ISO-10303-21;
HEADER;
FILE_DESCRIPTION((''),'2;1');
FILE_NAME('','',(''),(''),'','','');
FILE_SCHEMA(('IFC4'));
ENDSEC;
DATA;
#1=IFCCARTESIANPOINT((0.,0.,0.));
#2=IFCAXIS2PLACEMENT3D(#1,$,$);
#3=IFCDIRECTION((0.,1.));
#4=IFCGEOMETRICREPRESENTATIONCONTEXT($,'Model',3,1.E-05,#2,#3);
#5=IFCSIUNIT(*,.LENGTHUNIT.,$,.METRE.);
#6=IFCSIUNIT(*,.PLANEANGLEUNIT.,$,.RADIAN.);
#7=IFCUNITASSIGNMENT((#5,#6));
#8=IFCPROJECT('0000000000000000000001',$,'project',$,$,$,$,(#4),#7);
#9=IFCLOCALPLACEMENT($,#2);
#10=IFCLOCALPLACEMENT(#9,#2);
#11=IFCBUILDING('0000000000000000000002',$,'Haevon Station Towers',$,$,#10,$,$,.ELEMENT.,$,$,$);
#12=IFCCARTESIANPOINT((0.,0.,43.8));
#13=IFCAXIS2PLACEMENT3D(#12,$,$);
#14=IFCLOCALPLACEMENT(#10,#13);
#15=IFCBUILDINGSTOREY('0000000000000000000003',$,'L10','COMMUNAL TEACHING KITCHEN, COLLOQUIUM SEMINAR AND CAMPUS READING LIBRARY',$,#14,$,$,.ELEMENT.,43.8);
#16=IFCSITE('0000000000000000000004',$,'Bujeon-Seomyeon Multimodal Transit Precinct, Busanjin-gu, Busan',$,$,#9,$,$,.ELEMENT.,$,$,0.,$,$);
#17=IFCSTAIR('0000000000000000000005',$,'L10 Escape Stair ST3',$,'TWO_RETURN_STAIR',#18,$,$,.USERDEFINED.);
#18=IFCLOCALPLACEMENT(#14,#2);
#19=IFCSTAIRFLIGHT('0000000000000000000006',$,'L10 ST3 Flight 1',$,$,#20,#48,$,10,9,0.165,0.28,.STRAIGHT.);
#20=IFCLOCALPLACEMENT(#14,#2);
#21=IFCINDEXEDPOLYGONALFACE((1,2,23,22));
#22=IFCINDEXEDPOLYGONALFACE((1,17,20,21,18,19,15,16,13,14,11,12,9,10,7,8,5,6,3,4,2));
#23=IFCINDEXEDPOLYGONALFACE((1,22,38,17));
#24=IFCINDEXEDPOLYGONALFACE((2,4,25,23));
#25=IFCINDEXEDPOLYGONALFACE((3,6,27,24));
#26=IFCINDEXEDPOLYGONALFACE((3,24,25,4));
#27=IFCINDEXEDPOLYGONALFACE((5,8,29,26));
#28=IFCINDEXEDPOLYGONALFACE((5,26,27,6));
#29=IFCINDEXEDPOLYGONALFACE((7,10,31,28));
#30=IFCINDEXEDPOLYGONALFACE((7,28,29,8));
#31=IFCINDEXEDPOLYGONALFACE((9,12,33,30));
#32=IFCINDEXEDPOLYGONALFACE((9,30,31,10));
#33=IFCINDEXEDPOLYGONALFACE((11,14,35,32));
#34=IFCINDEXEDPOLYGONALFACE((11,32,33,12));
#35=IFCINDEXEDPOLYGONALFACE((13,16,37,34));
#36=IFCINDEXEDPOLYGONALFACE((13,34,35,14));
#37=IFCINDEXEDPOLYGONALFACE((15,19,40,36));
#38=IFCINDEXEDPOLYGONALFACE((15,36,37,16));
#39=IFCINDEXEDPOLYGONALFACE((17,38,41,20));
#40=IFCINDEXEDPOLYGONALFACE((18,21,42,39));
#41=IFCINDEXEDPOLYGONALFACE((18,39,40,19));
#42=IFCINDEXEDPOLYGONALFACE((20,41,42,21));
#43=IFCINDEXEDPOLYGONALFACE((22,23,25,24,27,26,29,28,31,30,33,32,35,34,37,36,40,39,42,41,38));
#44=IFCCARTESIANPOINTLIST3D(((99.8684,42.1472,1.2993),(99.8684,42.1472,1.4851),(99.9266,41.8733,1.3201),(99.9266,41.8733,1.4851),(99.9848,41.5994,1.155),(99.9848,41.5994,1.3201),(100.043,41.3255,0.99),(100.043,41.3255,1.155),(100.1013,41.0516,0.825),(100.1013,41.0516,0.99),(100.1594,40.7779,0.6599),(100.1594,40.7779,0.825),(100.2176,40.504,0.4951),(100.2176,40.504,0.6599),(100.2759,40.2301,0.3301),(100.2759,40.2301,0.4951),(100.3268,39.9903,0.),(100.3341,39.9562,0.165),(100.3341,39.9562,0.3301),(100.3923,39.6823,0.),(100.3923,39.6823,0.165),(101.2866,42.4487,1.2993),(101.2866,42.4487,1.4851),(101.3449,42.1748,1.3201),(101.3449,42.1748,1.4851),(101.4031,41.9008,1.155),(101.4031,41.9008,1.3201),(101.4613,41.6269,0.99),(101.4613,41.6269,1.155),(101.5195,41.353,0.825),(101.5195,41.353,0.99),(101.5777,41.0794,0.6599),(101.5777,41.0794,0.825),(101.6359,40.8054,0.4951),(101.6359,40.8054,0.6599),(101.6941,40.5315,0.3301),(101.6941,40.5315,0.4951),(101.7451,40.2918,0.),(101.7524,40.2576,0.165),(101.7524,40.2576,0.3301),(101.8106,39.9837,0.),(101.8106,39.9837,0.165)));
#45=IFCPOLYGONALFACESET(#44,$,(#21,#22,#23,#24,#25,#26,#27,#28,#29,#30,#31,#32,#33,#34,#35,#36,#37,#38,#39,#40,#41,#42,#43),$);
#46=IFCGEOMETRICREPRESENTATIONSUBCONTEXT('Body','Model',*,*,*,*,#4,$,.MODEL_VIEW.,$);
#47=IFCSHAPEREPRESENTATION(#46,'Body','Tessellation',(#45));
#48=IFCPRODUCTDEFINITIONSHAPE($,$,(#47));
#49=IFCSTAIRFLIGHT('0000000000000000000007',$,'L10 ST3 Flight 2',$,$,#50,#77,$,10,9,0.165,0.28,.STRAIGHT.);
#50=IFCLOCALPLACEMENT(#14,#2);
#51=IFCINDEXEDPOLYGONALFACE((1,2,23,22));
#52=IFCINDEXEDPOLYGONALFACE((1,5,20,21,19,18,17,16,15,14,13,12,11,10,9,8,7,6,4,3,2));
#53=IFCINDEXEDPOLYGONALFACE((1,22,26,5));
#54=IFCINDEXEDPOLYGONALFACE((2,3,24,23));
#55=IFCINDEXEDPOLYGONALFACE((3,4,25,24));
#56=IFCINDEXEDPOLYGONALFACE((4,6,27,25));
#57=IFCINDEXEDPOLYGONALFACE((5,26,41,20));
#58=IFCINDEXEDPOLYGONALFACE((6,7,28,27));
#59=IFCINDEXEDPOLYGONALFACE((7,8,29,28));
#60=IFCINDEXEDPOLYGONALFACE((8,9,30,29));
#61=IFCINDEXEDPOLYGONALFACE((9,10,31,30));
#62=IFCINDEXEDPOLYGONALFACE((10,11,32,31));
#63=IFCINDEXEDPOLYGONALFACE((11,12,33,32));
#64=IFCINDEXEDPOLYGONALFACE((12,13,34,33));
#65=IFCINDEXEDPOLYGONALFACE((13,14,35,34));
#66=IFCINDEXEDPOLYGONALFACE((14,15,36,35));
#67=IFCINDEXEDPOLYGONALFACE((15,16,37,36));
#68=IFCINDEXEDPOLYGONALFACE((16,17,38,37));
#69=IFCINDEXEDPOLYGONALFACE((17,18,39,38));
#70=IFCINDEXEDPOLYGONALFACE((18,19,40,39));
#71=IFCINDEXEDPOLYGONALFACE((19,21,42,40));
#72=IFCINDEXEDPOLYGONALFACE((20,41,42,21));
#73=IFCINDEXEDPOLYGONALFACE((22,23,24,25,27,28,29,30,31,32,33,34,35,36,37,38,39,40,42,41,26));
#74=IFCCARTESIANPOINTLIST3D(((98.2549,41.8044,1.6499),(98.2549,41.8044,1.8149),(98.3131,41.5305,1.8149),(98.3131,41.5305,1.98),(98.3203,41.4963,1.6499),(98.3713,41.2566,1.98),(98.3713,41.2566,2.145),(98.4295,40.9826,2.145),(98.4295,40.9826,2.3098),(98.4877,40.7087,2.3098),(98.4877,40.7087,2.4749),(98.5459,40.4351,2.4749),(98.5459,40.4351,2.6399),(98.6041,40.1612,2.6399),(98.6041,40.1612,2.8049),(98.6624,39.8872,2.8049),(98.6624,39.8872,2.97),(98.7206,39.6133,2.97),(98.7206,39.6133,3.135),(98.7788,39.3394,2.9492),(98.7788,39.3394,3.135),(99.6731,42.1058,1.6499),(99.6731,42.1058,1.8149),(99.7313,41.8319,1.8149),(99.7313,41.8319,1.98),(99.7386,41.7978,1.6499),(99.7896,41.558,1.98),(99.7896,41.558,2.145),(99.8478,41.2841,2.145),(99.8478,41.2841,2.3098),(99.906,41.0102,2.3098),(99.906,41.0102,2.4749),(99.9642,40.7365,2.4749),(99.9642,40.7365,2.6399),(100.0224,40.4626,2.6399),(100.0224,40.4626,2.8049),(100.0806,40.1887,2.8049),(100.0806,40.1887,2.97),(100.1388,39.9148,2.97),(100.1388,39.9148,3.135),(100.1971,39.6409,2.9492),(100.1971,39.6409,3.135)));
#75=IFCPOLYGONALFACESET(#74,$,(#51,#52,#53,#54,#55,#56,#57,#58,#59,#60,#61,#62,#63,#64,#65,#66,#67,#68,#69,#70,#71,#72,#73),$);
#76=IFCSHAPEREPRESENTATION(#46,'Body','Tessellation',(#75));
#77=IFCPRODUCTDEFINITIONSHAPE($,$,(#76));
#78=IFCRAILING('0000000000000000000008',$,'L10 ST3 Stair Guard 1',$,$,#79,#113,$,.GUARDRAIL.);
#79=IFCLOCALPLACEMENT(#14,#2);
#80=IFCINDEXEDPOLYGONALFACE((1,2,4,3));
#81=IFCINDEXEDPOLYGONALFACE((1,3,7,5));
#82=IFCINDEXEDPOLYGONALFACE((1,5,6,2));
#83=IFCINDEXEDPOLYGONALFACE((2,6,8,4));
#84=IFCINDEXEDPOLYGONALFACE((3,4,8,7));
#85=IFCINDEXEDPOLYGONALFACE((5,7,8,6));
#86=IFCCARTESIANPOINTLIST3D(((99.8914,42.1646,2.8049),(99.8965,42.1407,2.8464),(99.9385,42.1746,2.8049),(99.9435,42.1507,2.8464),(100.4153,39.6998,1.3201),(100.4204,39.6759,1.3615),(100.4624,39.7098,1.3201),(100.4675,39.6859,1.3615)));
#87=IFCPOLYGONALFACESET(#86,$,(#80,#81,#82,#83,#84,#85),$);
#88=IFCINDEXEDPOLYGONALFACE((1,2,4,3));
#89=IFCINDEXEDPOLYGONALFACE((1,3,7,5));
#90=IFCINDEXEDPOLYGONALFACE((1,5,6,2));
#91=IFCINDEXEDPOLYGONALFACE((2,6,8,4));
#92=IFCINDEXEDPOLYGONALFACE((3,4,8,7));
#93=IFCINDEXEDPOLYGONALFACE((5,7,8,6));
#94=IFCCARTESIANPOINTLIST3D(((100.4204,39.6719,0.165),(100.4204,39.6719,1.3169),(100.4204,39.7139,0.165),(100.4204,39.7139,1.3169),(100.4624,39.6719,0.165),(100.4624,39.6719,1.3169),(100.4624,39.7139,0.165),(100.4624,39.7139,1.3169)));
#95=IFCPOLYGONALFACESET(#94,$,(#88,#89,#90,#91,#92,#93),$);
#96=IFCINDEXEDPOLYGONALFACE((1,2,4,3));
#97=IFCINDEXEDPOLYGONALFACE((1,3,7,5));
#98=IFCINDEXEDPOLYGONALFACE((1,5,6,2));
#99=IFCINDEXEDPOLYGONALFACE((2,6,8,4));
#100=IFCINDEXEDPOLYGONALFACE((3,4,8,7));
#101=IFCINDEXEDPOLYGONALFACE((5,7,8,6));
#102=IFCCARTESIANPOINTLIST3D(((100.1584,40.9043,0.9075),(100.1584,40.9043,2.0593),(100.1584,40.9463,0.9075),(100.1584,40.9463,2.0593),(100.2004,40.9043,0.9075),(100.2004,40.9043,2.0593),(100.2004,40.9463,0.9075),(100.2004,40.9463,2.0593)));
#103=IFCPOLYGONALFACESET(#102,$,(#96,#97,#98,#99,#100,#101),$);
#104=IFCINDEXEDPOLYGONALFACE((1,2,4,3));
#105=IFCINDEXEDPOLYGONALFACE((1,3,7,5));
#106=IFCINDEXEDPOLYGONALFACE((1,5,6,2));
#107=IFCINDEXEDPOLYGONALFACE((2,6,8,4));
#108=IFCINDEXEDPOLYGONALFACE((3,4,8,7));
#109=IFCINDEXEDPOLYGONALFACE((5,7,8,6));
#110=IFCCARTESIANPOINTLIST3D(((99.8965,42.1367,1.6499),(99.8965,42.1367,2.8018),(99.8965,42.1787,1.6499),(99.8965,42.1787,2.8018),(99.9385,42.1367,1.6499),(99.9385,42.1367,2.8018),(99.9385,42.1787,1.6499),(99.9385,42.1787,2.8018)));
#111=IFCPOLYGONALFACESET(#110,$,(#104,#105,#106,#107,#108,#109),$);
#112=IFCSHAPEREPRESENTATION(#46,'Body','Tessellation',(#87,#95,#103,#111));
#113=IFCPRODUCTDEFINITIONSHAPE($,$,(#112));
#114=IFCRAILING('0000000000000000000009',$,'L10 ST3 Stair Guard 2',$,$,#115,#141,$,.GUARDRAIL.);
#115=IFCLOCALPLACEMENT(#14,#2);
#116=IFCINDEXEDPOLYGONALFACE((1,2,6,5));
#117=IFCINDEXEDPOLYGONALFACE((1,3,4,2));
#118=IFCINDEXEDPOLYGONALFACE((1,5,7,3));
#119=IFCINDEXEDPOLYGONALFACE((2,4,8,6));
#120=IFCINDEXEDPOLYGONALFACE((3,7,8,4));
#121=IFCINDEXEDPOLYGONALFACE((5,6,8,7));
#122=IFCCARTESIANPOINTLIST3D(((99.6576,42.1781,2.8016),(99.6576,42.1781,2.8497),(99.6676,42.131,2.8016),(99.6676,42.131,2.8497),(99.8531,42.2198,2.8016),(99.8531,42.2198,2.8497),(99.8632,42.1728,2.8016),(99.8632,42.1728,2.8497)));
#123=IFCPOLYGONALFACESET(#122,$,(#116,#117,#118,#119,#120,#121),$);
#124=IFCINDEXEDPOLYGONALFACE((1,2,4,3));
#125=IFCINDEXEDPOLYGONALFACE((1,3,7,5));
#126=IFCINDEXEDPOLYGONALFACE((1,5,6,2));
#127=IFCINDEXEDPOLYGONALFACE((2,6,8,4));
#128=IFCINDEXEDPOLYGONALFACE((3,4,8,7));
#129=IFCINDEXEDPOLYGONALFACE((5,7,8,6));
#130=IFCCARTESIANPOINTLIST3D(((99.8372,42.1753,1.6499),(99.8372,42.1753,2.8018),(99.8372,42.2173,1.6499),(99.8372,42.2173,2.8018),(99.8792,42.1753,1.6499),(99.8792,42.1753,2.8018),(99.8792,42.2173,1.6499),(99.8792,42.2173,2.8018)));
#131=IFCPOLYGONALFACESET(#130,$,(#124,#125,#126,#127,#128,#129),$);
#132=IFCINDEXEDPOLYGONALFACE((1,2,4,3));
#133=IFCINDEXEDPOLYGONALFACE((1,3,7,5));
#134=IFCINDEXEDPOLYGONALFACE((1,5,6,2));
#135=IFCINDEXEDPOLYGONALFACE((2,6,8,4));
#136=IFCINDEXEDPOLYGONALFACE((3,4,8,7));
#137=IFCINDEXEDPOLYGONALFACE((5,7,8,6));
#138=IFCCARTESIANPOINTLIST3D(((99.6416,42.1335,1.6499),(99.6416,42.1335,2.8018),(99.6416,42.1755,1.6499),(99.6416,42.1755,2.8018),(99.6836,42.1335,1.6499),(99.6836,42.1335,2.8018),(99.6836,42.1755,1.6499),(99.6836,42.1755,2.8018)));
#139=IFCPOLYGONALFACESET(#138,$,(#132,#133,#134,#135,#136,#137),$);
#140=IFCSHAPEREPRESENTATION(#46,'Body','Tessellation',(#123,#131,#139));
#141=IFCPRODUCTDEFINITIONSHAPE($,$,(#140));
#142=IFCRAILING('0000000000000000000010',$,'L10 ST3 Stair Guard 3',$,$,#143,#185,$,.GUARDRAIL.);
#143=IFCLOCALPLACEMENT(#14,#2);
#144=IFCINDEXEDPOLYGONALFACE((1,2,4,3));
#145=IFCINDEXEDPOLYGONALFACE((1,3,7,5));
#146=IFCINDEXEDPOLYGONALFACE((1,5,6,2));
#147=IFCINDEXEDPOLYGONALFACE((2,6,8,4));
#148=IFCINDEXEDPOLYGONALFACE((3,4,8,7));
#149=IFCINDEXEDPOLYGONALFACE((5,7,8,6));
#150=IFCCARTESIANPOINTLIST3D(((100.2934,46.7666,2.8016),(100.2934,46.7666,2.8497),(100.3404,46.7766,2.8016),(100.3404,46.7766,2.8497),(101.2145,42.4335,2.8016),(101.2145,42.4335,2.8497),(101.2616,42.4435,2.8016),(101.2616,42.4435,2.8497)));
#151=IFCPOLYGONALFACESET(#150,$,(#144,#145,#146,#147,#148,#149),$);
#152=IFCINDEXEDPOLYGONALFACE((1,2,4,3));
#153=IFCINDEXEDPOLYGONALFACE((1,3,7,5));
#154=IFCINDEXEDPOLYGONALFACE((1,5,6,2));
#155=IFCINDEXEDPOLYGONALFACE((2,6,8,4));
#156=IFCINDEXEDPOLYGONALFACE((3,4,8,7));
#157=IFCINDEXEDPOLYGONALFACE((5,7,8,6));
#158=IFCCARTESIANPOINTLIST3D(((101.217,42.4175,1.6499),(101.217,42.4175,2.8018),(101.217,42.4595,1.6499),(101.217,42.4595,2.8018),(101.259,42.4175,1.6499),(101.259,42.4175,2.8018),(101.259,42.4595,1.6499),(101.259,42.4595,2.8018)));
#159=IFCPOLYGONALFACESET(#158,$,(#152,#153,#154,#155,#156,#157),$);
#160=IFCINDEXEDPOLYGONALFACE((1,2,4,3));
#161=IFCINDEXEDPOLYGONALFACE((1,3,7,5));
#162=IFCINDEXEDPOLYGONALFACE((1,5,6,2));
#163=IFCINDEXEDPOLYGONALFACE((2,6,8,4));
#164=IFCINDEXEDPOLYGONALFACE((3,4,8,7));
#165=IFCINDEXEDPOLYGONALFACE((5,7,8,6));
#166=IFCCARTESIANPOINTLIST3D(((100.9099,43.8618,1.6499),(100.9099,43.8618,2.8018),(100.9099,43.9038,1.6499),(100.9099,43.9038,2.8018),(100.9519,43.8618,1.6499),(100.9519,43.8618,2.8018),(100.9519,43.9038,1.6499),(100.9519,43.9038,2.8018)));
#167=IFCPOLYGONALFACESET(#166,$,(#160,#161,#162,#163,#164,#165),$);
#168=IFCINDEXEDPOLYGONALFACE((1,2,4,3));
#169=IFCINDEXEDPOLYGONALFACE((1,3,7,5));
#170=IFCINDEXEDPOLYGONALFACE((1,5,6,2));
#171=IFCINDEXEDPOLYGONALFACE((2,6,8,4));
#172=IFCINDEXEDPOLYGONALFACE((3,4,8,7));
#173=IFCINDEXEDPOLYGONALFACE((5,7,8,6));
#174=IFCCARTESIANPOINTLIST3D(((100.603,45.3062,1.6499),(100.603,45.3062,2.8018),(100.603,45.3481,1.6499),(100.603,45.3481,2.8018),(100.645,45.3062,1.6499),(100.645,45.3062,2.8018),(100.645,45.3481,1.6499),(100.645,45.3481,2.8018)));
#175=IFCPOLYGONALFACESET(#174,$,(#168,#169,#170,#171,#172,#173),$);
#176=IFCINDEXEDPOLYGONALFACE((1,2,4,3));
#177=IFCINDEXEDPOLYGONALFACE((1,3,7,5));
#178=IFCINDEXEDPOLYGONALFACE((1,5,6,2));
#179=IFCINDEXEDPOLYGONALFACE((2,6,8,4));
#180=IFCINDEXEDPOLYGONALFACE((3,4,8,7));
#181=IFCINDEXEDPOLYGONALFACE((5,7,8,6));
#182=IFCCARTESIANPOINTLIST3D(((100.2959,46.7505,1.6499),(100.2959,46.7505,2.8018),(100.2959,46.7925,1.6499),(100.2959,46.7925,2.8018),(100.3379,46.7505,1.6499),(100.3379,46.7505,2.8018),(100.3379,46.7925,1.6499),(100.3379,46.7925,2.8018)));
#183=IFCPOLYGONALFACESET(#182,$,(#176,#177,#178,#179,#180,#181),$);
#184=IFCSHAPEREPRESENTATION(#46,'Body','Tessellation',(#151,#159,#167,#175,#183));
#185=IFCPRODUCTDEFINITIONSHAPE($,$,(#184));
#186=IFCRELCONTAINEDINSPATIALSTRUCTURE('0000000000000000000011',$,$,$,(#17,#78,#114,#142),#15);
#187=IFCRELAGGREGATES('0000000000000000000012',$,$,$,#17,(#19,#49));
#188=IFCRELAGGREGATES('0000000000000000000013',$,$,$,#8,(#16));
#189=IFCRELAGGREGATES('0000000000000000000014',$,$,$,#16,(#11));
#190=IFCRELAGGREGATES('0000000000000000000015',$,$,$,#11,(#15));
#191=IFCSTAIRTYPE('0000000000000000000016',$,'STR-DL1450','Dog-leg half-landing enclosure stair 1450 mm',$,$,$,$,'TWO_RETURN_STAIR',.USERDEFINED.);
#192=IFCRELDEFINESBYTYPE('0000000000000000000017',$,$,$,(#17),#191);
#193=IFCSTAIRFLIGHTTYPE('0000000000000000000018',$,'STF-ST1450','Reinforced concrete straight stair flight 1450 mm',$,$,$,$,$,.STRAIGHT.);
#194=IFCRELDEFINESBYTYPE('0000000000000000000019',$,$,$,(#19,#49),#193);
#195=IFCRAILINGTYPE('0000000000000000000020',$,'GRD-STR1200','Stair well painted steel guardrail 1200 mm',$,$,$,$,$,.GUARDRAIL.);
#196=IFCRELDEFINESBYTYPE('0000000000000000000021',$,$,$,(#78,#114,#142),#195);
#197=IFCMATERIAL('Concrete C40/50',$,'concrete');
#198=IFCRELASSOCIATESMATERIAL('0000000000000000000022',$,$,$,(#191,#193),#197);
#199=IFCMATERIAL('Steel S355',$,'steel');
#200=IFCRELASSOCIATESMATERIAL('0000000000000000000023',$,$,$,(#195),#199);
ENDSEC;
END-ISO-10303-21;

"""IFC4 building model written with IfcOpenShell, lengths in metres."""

from ifc_helpers import new_model, si_unit, direction, frame, origin, origin_2d, place, context, subcontext, project, spatial, polyline, rectangle, outline, extrude, material, type_object, element, aggregate, save


model = new_model("IFC4")

# Units and contexts
model_context = context("Model", 3, precision=1e-05, world=origin(), true_north=direction((0.0, 1.0)))
body_context = subcontext(model_context, "Body", "Model", "MODEL_VIEW")
ifc_project = project(units=[si_unit("LENGTHUNIT", "METRE"), si_unit("PLANEANGLEUNIT", "RADIAN")], contexts=[model_context])

# Site, building, storey
site_placement = place(None, origin())
site = spatial("IfcSite", under=ifc_project, at=site_placement, Name="Bujeon-Seomyeon Multimodal Transit Precinct, Busanjin-gu, Busan", CompositionType="ELEMENT", RefElevation=0.0)
building_placement = place(site_placement, origin())
building = spatial("IfcBuilding", under=site, at=building_placement, Name="Haevon Station Towers", CompositionType="ELEMENT")
storey_placement = place(building_placement, frame((0.0, 0.0, 43.8)))
storey = spatial("IfcBuildingStorey", under=building, at=storey_placement, Name="L10", Description="COMMUNAL TEACHING KITCHEN, COLLOQUIUM SEMINAR AND CAMPUS READING LIBRARY", CompositionType="ELEMENT", Elevation=43.8)

# Shared definitions
ifc_material_1 = material(Name="Steel S355", Category="steel")

# Shared definitions
ifc_material_2 = material(Name="Concrete C40/50", Category="concrete")

# Stair, stair flights
stair_type = type_object("IfcStairType", Name="STR-DL1450", Description="Dog-leg half-landing enclosure stair 1450 mm", ElementType="TWO_RETURN_STAIR", PredefinedType="USERDEFINED", material=ifc_material_2)
stair_placement = place(storey_placement, origin())
stair = element("IfcStair", 1, at=stair_placement, inside=storey, type_object=stair_type, Name="L10 Escape Stair ST3", ObjectType="TWO_RETURN_STAIR", PredefinedType="USERDEFINED")
stair_flight_type = type_object("IfcStairFlightType", Name="STF-ST1450", Description="Reinforced concrete straight stair flight 1450 mm", PredefinedType="STRAIGHT", material=ifc_material_2)
stair_flight_1_placement = place(storey_placement, frame((101.1016, 39.833, 0.0), z_axis=(0.0, 0.0, 1.0), x_axis=(-0.207912, 0.978148, 0.0)))
stair_flight_1 = element("IfcStairFlight", 2, at=stair_flight_1_placement, type_object=stair_flight_type, Name="L10 ST3 Flight 1", NumberOfRisers=10, NumberOfTreads=9, PredefinedType="STRAIGHT", RiserHeight=0.165, TreadLength=0.28, context=body_context, shape_type="SweptSolid", body=[
    extrude(outline(polyline([(0.0, 0.0), (0.0, 0.165), (0.28, 0.165), (0.28, 0.3301), (0.5601, 0.3301), (0.5601, 0.4951), (0.8401, 0.4951), (0.8401, 0.6599), (1.1201, 0.6599), (1.1201, 0.825), (1.3999, 0.825), (1.3999, 0.99), (1.6799, 0.99), (1.6799, 1.155), (1.96, 1.155), (1.96, 1.3201), (2.24, 1.3201), (2.24, 1.4851), (2.52, 1.4851), (2.52, 1.6499), (2.52, 1.2993), (0.3149, 0.0), (0.0, 0.0)])), frame((0.0, 0.7251, 0.0), z_axis=(0.0, -1.0, 0.0), x_axis=(1.0, 0.0, 0.0)), (0.0, 0.0, 1.0), 1.45),
])
stair_flight_2_placement = place(storey_placement, frame((98.9639, 41.9551, 1.6499), z_axis=(0.0, 0.0, 1.0), x_axis=(0.207912, -0.978148, 0.0)))
stair_flight_2 = element("IfcStairFlight", 3, at=stair_flight_2_placement, type_object=stair_flight_type, Name="L10 ST3 Flight 2", NumberOfRisers=10, NumberOfTreads=9, PredefinedType="STRAIGHT", RiserHeight=0.165, TreadLength=0.28, context=body_context, shape_type="SweptSolid", body=[
    extrude(outline(polyline([(0.0, 0.0), (0.0, 0.165), (0.28, 0.165), (0.28, 0.3301), (0.5601, 0.3301), (0.5601, 0.4951), (0.8401, 0.4951), (0.8401, 0.6599), (1.1201, 0.6599), (1.1201, 0.825), (1.3999, 0.825), (1.3999, 0.99), (1.6799, 0.99), (1.6799, 1.155), (1.96, 1.155), (1.96, 1.3201), (2.24, 1.3201), (2.24, 1.4851), (2.52, 1.4851), (2.52, 1.6499), (2.52, 1.2993), (0.3149, 0.0), (0.0, 0.0)])), frame((0.0, 0.7251, 0.0), z_axis=(0.0, -1.0, 0.0), x_axis=(1.0, 0.0, 0.0)), (0.0, 0.0, 1.0), 1.45),
])
aggregate(stair, [stair_flight_1, stair_flight_2])

# Railings
railing_type_1 = type_object("IfcRailingType", Name="GRD-STR1200", Description="Stair well painted steel guardrail 1200 mm", PredefinedType="GUARDRAIL", material=ifc_material_1)
railing_1_placement = place(storey_placement, frame((100.4414, 39.6929, 0.165)))
element("IfcRailing", 4, at=railing_1_placement, inside=storey, type_object=railing_type_1, Name="L10 ST3 Stair Guard 1", PredefinedType="GUARDRAIL", context=body_context, shape_type="SweptSolid", body=[
    extrude(rectangle(XDim=0.0481, YDim=0.0481, at=origin_2d()), frame((0.0, 0.0, 1.1758), z_axis=(-0.179129, 0.842724, 0.507671), x_axis=(-0.978147, -0.207914, 0.0)), (0.0, 0.0, 1.0), 2.9248),
    extrude(rectangle(XDim=0.042, YDim=0.042, at=origin_2d()), origin(), (0.0, 0.0, 1.0), 1.1519),
    extrude(rectangle(XDim=0.042, YDim=0.042, at=origin_2d()), frame((-0.262, 1.2324, 0.7424)), (0.0, 0.0, 1.0), 1.1519),
    extrude(rectangle(XDim=0.042, YDim=0.042, at=origin_2d()), frame((-0.5239, 2.4648, 1.4849)), (0.0, 0.0, 1.0), 1.1519),
])
railing_2_placement = place(storey_placement, frame((99.8582, 42.1963, 1.6499)))
element("IfcRailing", 5, at=railing_2_placement, inside=storey, type_object=railing_type_1, Name="L10 ST3 Stair Guard 2", PredefinedType="GUARDRAIL", context=body_context, shape_type="SweptSolid", body=[
    extrude(rectangle(XDim=0.0481, YDim=0.0481, at=origin_2d()), frame((0.0, 0.0, 1.1758), z_axis=(-0.977963, -0.208779, 0.0), x_axis=(0.208779, -0.977963, 0.0)), (0.0, 0.0, 1.0), 0.2),
    extrude(rectangle(XDim=0.042, YDim=0.042, at=origin_2d()), origin(), (0.0, 0.0, 1.0), 1.1519),
    extrude(rectangle(XDim=0.042, YDim=0.042, at=origin_2d()), frame((-0.1956, -0.0417, 0.0)), (0.0, 0.0, 1.0), 1.1519),
])
railing_3_placement = place(storey_placement, frame((101.238, 42.4385, 1.6499)))
element("IfcRailing", 6, at=railing_3_placement, inside=storey, type_object=railing_type_1, Name="L10 ST3 Stair Guard 3", PredefinedType="GUARDRAIL", context=body_context, shape_type="SweptSolid", body=[
    extrude(rectangle(XDim=0.0481, YDim=0.0481, at=origin_2d()), frame((0.0, 0.0, 1.1758), z_axis=(-0.20794, 0.978141, 0.0), x_axis=(-0.978141, -0.20794, 0.0)), (0.0, 0.0, 1.0), 4.4299),
    extrude(rectangle(XDim=0.042, YDim=0.042, at=origin_2d()), origin(), (0.0, 0.0, 1.0), 1.1519),
    extrude(rectangle(XDim=0.042, YDim=0.042, at=origin_2d()), frame((-0.3071, 1.4443, 0.0)), (0.0, 0.0, 1.0), 1.1519),
    extrude(rectangle(XDim=0.042, YDim=0.042, at=origin_2d()), frame((-0.614, 2.8887, 0.0)), (0.0, 0.0, 1.0), 1.1519),
    extrude(rectangle(XDim=0.042, YDim=0.042, at=origin_2d()), frame((-0.9211, 4.333, 0.0)), (0.0, 0.0, 1.0), 1.1519),
])

save(model, "model.ifc")
